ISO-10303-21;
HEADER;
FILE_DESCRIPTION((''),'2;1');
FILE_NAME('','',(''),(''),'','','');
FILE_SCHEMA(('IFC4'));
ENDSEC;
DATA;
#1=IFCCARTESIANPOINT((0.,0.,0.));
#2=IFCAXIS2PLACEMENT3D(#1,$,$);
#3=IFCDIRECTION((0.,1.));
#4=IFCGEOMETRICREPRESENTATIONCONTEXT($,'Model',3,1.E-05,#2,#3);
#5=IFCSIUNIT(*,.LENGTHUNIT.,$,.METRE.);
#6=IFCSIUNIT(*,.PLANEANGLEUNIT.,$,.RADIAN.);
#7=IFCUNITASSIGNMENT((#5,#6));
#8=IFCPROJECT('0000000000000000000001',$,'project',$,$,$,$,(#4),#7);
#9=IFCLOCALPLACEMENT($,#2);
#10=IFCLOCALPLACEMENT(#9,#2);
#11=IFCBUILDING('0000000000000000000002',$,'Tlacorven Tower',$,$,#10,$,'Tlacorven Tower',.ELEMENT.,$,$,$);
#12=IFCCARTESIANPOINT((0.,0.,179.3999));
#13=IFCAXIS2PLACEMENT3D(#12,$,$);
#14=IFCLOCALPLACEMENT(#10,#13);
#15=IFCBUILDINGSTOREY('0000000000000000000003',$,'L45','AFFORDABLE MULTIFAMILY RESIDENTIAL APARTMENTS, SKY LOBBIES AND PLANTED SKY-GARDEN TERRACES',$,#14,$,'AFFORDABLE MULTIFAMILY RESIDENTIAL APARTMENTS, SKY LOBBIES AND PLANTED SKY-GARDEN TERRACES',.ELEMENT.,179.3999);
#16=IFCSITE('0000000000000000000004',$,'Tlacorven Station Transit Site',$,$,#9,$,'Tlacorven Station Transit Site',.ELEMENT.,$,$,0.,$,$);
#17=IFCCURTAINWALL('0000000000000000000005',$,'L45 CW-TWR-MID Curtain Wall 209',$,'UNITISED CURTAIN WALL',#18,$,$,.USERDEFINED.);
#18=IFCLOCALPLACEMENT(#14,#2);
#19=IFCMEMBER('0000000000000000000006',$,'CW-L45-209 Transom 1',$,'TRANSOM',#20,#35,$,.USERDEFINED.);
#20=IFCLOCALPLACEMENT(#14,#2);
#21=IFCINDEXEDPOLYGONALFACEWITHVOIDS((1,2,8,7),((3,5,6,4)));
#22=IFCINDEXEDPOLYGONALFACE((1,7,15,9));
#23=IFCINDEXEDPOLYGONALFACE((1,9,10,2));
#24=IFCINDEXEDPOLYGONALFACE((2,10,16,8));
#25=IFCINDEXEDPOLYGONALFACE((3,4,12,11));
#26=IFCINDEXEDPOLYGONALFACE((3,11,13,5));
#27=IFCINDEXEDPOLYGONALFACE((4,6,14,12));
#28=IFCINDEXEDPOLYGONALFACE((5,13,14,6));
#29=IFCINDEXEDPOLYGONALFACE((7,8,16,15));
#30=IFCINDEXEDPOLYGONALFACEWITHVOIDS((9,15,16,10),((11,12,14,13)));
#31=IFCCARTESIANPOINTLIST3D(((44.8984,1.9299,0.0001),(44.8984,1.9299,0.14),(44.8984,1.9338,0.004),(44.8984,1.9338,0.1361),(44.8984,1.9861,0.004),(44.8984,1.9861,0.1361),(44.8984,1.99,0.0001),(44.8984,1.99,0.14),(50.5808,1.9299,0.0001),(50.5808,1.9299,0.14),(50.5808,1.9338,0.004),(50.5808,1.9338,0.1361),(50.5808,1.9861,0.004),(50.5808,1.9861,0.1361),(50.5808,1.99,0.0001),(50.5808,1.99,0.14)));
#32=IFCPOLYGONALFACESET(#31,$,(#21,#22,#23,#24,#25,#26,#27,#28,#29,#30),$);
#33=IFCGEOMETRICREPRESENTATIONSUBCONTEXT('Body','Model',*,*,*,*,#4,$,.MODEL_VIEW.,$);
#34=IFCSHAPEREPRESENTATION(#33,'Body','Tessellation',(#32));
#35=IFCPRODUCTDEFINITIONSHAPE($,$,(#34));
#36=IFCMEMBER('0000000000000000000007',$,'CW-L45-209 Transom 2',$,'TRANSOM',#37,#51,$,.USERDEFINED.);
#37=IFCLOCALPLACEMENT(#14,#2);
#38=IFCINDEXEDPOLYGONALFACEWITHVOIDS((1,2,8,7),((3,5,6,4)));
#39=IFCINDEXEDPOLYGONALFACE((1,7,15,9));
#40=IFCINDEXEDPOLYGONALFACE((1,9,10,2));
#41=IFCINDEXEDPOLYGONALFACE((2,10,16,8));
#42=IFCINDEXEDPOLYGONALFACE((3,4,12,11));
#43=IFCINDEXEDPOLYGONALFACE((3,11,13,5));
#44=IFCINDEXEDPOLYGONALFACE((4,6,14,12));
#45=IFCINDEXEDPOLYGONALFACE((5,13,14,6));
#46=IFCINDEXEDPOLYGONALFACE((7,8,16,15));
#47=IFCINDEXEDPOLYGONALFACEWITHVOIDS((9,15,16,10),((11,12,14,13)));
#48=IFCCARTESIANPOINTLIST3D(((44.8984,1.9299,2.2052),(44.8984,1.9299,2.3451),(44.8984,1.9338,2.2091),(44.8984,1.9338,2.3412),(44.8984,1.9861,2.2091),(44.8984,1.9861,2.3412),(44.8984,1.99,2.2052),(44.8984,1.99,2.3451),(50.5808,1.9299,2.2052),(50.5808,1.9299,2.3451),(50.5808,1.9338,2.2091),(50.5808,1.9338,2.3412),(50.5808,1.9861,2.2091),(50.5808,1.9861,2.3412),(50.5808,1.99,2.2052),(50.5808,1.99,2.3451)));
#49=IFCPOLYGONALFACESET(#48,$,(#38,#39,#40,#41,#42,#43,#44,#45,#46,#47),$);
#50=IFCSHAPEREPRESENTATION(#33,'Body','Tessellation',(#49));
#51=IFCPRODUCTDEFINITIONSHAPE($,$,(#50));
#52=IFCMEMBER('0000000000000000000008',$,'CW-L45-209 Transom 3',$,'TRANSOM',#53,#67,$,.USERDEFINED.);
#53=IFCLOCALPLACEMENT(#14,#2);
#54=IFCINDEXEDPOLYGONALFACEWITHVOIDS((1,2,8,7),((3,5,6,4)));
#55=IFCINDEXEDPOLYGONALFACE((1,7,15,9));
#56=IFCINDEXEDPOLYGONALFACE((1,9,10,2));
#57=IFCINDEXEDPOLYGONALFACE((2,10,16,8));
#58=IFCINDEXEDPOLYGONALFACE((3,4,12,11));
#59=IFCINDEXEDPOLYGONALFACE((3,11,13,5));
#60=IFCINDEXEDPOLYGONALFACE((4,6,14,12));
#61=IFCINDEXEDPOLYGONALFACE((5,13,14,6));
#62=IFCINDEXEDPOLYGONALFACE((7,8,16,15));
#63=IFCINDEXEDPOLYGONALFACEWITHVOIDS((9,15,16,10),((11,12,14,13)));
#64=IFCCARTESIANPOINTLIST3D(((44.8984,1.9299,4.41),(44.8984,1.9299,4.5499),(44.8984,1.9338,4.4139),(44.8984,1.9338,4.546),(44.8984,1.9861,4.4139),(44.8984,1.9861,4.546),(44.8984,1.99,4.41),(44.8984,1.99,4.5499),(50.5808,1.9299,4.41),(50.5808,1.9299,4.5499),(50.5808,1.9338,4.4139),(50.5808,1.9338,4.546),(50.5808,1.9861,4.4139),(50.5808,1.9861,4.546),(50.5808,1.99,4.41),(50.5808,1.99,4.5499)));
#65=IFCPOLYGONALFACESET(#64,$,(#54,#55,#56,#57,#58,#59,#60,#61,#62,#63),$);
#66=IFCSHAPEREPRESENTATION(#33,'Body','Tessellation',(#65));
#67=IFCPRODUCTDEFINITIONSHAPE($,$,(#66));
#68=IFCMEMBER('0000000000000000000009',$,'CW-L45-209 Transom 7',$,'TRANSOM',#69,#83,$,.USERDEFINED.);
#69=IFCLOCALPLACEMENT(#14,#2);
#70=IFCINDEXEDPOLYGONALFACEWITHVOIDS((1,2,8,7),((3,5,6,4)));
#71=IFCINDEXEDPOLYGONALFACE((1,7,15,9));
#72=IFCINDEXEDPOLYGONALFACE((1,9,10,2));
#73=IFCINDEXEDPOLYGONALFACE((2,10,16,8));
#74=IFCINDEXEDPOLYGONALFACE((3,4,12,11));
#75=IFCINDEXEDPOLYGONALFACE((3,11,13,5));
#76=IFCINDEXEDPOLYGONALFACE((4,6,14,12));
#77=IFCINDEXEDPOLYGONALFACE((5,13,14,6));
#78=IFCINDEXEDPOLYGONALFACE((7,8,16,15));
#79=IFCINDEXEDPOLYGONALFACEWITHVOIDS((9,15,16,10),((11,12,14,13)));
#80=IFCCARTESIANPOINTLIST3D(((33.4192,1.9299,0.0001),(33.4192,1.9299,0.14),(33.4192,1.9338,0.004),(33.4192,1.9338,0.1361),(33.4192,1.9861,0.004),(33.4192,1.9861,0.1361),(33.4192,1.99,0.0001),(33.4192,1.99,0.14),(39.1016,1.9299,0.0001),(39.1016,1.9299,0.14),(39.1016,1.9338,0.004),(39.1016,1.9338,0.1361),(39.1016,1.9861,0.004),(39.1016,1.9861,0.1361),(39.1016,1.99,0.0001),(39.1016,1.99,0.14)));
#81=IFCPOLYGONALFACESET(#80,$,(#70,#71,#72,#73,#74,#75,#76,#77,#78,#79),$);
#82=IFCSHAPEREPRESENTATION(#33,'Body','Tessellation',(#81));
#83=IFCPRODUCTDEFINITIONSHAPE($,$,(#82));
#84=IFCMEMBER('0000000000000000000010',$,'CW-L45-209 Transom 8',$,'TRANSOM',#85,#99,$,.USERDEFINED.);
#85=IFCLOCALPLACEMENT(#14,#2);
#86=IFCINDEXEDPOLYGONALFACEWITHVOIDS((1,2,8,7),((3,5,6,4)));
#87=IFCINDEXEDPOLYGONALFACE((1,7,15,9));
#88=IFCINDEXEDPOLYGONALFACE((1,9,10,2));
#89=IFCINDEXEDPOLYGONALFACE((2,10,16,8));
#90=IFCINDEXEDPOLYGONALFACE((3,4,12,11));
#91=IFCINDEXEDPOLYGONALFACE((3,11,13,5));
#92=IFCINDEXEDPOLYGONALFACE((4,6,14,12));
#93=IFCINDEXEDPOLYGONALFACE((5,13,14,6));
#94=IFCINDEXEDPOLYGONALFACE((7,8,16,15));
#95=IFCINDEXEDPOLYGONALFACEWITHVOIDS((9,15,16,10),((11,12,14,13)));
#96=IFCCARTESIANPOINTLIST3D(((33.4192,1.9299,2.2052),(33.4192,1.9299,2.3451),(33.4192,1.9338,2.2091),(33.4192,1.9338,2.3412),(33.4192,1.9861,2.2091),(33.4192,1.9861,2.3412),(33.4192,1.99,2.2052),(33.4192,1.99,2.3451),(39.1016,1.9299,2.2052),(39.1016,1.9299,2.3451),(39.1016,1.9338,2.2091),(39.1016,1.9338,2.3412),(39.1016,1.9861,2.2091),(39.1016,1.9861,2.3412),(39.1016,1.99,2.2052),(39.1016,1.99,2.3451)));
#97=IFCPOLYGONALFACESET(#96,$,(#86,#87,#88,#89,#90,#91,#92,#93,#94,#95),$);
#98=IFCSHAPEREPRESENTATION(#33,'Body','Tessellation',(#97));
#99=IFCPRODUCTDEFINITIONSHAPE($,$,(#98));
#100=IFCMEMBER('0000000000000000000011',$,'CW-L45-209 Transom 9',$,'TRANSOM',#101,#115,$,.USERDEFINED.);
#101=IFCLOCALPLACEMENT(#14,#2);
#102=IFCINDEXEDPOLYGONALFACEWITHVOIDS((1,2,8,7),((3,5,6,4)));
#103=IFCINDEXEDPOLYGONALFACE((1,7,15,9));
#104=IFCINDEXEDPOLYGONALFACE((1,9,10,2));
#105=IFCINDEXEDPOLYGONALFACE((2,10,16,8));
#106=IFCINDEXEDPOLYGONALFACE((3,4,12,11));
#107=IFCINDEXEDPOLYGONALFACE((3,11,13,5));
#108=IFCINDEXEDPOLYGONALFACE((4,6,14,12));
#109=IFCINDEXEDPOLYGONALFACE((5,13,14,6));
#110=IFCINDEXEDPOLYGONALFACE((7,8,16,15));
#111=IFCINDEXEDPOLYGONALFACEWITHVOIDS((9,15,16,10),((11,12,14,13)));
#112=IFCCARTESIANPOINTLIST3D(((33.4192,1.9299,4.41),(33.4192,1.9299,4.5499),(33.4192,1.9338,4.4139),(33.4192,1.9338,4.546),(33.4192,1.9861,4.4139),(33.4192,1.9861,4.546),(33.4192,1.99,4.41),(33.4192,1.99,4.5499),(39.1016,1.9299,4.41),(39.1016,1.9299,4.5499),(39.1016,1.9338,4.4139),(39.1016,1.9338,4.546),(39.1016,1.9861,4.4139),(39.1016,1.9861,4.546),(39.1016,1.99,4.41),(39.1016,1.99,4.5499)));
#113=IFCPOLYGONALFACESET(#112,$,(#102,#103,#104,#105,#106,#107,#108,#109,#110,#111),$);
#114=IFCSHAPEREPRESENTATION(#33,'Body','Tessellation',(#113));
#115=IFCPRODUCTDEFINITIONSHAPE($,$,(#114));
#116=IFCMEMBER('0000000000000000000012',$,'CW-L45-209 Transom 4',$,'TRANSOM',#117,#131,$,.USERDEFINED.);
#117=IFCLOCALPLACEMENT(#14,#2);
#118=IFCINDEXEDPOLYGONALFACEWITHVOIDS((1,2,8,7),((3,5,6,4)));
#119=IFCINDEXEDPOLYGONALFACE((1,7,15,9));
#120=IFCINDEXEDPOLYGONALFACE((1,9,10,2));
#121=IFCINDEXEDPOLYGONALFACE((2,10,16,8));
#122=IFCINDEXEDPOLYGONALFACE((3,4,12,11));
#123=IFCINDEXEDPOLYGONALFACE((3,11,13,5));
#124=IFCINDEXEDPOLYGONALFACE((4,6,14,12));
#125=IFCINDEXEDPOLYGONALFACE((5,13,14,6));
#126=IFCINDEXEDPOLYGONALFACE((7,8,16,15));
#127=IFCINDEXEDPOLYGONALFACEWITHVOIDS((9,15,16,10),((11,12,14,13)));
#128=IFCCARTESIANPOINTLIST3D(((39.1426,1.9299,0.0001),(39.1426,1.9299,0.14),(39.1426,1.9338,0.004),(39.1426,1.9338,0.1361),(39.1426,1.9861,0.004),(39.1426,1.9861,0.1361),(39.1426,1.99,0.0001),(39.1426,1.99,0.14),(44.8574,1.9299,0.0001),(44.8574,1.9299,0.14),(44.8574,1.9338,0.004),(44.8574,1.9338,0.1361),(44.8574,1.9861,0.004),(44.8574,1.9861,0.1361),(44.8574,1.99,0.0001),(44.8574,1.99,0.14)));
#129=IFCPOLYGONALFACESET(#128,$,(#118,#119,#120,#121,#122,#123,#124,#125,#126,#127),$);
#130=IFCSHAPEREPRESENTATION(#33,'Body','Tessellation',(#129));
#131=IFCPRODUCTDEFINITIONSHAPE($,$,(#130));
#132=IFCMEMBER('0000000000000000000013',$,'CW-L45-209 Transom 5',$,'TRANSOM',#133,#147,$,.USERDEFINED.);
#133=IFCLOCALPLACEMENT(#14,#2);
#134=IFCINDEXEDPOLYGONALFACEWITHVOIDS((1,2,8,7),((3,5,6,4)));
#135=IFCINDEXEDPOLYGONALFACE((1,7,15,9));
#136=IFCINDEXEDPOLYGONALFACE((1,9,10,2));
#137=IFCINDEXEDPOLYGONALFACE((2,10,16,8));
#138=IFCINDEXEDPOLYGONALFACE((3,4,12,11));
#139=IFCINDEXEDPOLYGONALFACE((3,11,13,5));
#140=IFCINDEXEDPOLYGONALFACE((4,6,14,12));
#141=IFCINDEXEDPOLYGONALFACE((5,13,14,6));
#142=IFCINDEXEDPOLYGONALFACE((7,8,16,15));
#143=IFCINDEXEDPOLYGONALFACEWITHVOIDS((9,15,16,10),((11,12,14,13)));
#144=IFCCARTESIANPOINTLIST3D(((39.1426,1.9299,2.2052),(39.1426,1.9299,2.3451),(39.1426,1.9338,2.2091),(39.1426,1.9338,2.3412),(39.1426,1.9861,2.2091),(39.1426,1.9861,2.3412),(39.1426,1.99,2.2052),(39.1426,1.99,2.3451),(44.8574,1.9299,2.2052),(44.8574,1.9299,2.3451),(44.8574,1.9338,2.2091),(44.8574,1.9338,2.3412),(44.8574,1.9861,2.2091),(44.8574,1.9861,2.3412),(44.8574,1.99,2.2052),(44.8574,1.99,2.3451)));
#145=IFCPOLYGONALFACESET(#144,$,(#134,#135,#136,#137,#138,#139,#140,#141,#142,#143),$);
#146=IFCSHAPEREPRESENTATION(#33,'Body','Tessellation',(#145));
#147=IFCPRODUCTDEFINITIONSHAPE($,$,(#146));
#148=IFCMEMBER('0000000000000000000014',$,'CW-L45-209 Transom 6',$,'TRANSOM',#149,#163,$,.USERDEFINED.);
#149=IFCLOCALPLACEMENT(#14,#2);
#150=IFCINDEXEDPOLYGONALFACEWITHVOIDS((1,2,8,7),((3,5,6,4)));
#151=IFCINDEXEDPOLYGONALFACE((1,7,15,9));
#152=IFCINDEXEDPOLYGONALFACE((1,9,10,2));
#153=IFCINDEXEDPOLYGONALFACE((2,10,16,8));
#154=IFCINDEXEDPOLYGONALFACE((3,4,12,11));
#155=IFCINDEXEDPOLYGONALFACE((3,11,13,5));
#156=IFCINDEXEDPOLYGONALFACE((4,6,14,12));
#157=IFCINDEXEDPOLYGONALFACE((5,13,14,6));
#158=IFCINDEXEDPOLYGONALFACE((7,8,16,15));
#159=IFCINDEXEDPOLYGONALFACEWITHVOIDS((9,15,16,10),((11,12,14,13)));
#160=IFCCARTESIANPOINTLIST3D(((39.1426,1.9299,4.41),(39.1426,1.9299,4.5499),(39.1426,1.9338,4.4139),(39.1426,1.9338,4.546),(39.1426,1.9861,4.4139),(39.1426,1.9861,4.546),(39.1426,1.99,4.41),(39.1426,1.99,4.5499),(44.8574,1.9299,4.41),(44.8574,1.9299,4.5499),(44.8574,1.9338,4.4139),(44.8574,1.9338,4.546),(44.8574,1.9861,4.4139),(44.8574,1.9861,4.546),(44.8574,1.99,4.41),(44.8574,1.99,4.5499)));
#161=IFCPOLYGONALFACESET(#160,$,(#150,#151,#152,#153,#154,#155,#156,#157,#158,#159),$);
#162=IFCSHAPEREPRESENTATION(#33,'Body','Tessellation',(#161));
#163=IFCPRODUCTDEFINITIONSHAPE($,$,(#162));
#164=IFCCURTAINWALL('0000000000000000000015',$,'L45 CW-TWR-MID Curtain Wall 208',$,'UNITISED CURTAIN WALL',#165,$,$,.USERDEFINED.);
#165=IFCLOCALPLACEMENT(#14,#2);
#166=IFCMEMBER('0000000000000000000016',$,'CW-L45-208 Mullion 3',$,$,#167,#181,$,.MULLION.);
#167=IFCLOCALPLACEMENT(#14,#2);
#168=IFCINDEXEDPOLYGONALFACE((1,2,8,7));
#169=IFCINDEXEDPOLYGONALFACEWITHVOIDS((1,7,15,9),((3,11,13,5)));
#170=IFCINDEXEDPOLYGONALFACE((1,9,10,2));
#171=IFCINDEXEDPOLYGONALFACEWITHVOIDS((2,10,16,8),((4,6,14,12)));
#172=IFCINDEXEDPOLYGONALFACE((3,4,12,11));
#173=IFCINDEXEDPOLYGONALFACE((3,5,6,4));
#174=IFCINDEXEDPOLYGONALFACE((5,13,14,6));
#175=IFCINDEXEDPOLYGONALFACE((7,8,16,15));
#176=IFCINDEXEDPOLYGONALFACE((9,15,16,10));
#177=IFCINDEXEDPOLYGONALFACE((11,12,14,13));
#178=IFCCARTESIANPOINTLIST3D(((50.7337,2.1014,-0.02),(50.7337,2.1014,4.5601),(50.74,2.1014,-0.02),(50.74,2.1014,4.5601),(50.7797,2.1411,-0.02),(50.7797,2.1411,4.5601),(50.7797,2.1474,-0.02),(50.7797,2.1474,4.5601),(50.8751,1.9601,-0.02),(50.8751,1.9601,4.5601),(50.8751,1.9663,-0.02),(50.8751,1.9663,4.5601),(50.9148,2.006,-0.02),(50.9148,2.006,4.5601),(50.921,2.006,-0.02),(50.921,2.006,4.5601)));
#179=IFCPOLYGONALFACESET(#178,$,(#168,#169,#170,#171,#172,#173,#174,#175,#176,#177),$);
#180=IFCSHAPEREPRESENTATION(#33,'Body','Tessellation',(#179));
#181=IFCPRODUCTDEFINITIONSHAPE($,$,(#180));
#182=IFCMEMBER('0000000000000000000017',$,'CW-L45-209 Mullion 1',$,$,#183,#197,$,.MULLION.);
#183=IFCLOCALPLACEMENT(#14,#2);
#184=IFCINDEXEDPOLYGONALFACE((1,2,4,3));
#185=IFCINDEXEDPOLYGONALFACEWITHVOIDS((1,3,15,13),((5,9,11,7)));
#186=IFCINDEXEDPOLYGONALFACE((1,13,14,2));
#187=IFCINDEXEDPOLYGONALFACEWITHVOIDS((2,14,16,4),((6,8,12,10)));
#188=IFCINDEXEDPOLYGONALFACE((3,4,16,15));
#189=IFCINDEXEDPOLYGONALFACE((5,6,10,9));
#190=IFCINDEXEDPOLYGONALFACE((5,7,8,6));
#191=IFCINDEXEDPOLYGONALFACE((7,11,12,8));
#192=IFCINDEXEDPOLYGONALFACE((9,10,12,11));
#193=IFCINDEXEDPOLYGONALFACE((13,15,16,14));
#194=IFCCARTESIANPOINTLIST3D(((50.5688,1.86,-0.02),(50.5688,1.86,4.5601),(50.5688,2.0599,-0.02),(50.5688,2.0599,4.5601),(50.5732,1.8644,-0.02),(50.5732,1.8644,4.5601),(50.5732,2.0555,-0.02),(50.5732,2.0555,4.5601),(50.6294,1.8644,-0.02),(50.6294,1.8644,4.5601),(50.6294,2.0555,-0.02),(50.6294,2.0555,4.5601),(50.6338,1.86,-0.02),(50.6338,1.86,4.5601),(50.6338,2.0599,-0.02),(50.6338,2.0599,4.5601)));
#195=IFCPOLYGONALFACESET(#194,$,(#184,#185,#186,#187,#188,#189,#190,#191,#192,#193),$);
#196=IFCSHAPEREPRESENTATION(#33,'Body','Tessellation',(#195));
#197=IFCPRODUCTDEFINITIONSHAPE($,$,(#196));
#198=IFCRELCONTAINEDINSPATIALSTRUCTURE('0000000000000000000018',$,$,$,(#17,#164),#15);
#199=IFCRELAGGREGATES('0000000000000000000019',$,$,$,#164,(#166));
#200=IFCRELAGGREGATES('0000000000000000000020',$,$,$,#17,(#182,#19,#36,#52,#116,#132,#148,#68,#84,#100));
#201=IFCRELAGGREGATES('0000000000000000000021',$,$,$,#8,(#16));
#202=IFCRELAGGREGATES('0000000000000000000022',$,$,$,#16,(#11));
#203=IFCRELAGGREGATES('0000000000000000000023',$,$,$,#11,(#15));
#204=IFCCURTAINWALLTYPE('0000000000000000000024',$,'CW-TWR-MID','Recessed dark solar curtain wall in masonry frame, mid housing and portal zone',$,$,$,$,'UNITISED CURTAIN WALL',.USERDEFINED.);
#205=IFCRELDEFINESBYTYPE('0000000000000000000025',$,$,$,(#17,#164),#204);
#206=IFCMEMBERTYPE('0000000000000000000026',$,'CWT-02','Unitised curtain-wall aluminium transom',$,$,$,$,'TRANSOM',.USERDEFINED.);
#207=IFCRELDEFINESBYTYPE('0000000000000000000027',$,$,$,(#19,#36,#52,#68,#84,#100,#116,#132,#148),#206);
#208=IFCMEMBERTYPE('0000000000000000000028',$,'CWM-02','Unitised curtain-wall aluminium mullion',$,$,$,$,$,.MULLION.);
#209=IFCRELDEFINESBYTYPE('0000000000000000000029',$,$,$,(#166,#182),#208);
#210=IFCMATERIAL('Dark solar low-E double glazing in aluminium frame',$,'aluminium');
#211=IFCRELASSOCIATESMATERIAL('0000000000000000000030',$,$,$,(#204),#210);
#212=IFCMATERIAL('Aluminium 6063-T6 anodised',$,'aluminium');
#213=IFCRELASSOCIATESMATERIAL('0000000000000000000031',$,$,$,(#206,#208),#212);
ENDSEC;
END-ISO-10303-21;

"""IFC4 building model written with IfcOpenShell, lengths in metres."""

from ifc_helpers import new_model, si_unit, direction, frame, origin, origin_2d, place, context, subcontext, project, spatial, hollow_rectangle, extrude, source, transform, mapped, material, material_profile, profile_set, type_object, element, aggregate, save


model = new_model("IFC4")

# Units and contexts
model_context = context("Model", 3, precision=1e-05, world=origin(), true_north=direction((0.0, 1.0)))
body_context = subcontext(model_context, "Body", "Model", "MODEL_VIEW")
ifc_project = project(units=[si_unit("LENGTHUNIT", "METRE"), si_unit("PLANEANGLEUNIT", "RADIAN")], contexts=[model_context])

# Site, building, storey
site_placement = place(None, origin())
site = spatial("IfcSite", under=ifc_project, at=site_placement, Name="Tlacorven Station Transit Site", LongName="Tlacorven Station Transit Site", CompositionType="ELEMENT", RefElevation=0.0)
building_placement = place(site_placement, origin())
building = spatial("IfcBuilding", under=site, at=building_placement, Name="Tlacorven Tower", LongName="Tlacorven Tower", CompositionType="ELEMENT")
storey_placement = place(building_placement, frame((0.0, 0.0, 179.3999)))
storey = spatial("IfcBuildingStorey", under=building, at=storey_placement, Name="L45", Description="AFFORDABLE MULTIFAMILY RESIDENTIAL APARTMENTS, SKY LOBBIES AND PLANTED SKY-GARDEN TERRACES", LongName="AFFORDABLE MULTIFAMILY RESIDENTIAL APARTMENTS, SKY LOBBIES AND PLANTED SKY-GARDEN TERRACES", CompositionType="ELEMENT", Elevation=179.3999)

# Curtain wall, members
ifc_material_1 = material(Name="Dark solar low-E double glazing in aluminium frame", Category="aluminium")
curtain_wall_type = type_object("IfcCurtainWallType", Name="CW-TWR-MID", Description="Recessed dark solar curtain wall in masonry frame, mid housing and portal zone", ElementType="UNITISED CURTAIN WALL", PredefinedType="USERDEFINED", material=ifc_material_1)
curtain_wall_1_placement = place(storey_placement, origin())
curtain_wall_1 = element("IfcCurtainWall", 1, at=curtain_wall_1_placement, inside=storey, type_object=curtain_wall_type, Name="L45 CW-TWR-MID Curtain Wall 209", ObjectType="UNITISED CURTAIN WALL", PredefinedType="USERDEFINED")
ifc_material_2 = material(Name="Aluminium 6063-T6 anodised", Category="aluminium")
ifc_material_profile_1 = material_profile(ifc_material_2, hollow_rectangle(XDim=0.0601, YDim=0.1399, WallThickness=0.0039, at=origin_2d()), Name="ALU TRANSOM 60X140")
ifc_profile_set_1 = profile_set([ifc_material_profile_1], Name="Aluminium 6063-T6 anodised")
member_type_1 = type_object("IfcMemberType", Name="CWT-02", Description="Unitised curtain-wall aluminium transom", ElementType="TRANSOM", PredefinedType="USERDEFINED", material=ifc_profile_set_1)
shared_shape_1 = source(origin(), body_context, "Body", "SweptSolid", [
    extrude(hollow_rectangle(XDim=0.0601, YDim=0.1399, WallThickness=0.0039, at=origin_2d()), origin(), (0.0, 0.0, 1.0), 5.6824),
])
member_1_placement = place(storey_placement, frame((50.5808, 1.96, 0.0701), z_axis=(-1.0, 0.0, 0.0), x_axis=(0.0, -1.0, 0.0)))
member_1 = element("IfcMember", 2, at=member_1_placement, type_object=member_type_1, Name="CW-L45-209 Transom 1", ObjectType="TRANSOM", PredefinedType="USERDEFINED", context=body_context, shape_type="MappedRepresentation", body=[
    mapped(shared_shape_1, transform((0.0, 0.0, 0.0), scale=1.0)),
])
member_2_placement = place(storey_placement, frame((50.5808, 1.96, 2.2751), z_axis=(-1.0, 0.0, 0.0), x_axis=(0.0, -1.0, 0.0)))
member_2 = element("IfcMember", 3, at=member_2_placement, type_object=member_type_1, Name="CW-L45-209 Transom 2", ObjectType="TRANSOM", PredefinedType="USERDEFINED", context=body_context, shape_type="MappedRepresentation", body=[
    mapped(shared_shape_1, transform((0.0, 0.0, 0.0), scale=1.0)),
])
member_3_placement = place(storey_placement, frame((50.5808, 1.96, 4.48), z_axis=(-1.0, 0.0, 0.0), x_axis=(0.0, -1.0, 0.0)))
member_3 = element("IfcMember", 4, at=member_3_placement, type_object=member_type_1, Name="CW-L45-209 Transom 3", ObjectType="TRANSOM", PredefinedType="USERDEFINED", context=body_context, shape_type="MappedRepresentation", body=[
    mapped(shared_shape_1, transform((0.0, 0.0, 0.0), scale=1.0)),
])
member_4_placement = place(storey_placement, frame((39.1016, 1.96, 0.0701), z_axis=(-1.0, 0.0, 0.0), x_axis=(0.0, -1.0, 0.0)))
member_4 = element("IfcMember", 5, at=member_4_placement, type_object=member_type_1, Name="CW-L45-209 Transom 7", ObjectType="TRANSOM", PredefinedType="USERDEFINED", context=body_context, shape_type="MappedRepresentation", body=[
    mapped(shared_shape_1, transform((0.0, 0.0, 0.0), scale=1.0)),
])
member_5_placement = place(storey_placement, frame((39.1016, 1.96, 2.2751), z_axis=(-1.0, 0.0, 0.0), x_axis=(0.0, -1.0, 0.0)))
member_5 = element("IfcMember", 6, at=member_5_placement, type_object=member_type_1, Name="CW-L45-209 Transom 8", ObjectType="TRANSOM", PredefinedType="USERDEFINED", context=body_context, shape_type="MappedRepresentation", body=[
    mapped(shared_shape_1, transform((0.0, 0.0, 0.0), scale=1.0)),
])
member_6_placement = place(storey_placement, frame((39.1016, 1.96, 4.48), z_axis=(-1.0, 0.0, 0.0), x_axis=(0.0, -1.0, 0.0)))
member_6 = element("IfcMember", 7, at=member_6_placement, type_object=member_type_1, Name="CW-L45-209 Transom 9", ObjectType="TRANSOM", PredefinedType="USERDEFINED", context=body_context, shape_type="MappedRepresentation", body=[
    mapped(shared_shape_1, transform((0.0, 0.0, 0.0), scale=1.0)),
])
shared_shape_2 = source(origin(), body_context, "Body", "SweptSolid", [
    extrude(hollow_rectangle(XDim=0.0601, YDim=0.1399, WallThickness=0.0039, at=origin_2d()), origin(), (0.0, 0.0, 1.0), 5.7148),
])
member_7_placement = place(storey_placement, frame((44.8574, 1.96, 0.0701), z_axis=(-1.0, 0.0, 0.0), x_axis=(0.0, -1.0, 0.0)))
member_7 = element("IfcMember", 8, at=member_7_placement, type_object=member_type_1, Name="CW-L45-209 Transom 4", ObjectType="TRANSOM", PredefinedType="USERDEFINED", context=body_context, shape_type="MappedRepresentation", body=[
    mapped(shared_shape_2, transform((0.0, 0.0, 0.0), scale=1.0)),
])
member_8_placement = place(storey_placement, frame((44.8574, 1.96, 2.2751), z_axis=(-1.0, 0.0, 0.0), x_axis=(0.0, -1.0, 0.0)))
member_8 = element("IfcMember", 9, at=member_8_placement, type_object=member_type_1, Name="CW-L45-209 Transom 5", ObjectType="TRANSOM", PredefinedType="USERDEFINED", context=body_context, shape_type="MappedRepresentation", body=[
    mapped(shared_shape_2, transform((0.0, 0.0, 0.0), scale=1.0)),
])
member_9_placement = place(storey_placement, frame((44.8574, 1.96, 4.48), z_axis=(-1.0, 0.0, 0.0), x_axis=(0.0, -1.0, 0.0)))
member_9 = element("IfcMember", 10, at=member_9_placement, type_object=member_type_1, Name="CW-L45-209 Transom 6", ObjectType="TRANSOM", PredefinedType="USERDEFINED", context=body_context, shape_type="MappedRepresentation", body=[
    mapped(shared_shape_2, transform((0.0, 0.0, 0.0), scale=1.0)),
])

# Curtain wall, member
curtain_wall_2_placement = place(storey_placement, origin())
curtain_wall_2 = element("IfcCurtainWall", 11, at=curtain_wall_2_placement, inside=storey, type_object=curtain_wall_type, Name="L45 CW-TWR-MID Curtain Wall 208", ObjectType="UNITISED CURTAIN WALL", PredefinedType="USERDEFINED")
ifc_material_profile_2 = material_profile(ifc_material_2, hollow_rectangle(XDim=0.0649, YDim=0.2, WallThickness=0.0044, at=origin_2d()), Name="ALU MULLION 65X200")
ifc_profile_set_2 = profile_set([ifc_material_profile_2], Name="Aluminium 6063-T6 anodised")
member_type_2 = type_object("IfcMemberType", Name="CWM-02", Description="Unitised curtain-wall aluminium mullion", PredefinedType="MULLION", material=ifc_profile_set_2)
shared_shape_3 = source(origin(), body_context, "Body", "SweptSolid", [
    extrude(hollow_rectangle(XDim=0.0649, YDim=0.2, WallThickness=0.0044, at=origin_2d()), origin(), (0.0, 0.0, 1.0), 4.5801),
])
member_10_placement = place(storey_placement, frame((50.8274, 2.0537, -0.02), z_axis=(0.0, 0.0, 1.0), x_axis=(-0.707107, -0.707107, 0.0)))
member_10 = element("IfcMember", 12, at=member_10_placement, type_object=member_type_2, Name="CW-L45-208 Mullion 3", PredefinedType="MULLION", context=body_context, shape_type="MappedRepresentation", body=[
    mapped(shared_shape_3, transform((0.0, 0.0, 0.0), scale=1.0)),
])
aggregate(curtain_wall_2, [member_10])

# Member
member_11_placement = place(storey_placement, frame((50.6013, 1.96, -0.02), z_axis=(0.0, 0.0, 1.0), x_axis=(-1.0, 0.0, 0.0)))
member_11 = element("IfcMember", 13, at=member_11_placement, type_object=member_type_2, Name="CW-L45-209 Mullion 1", PredefinedType="MULLION", context=body_context, shape_type="MappedRepresentation", body=[
    mapped(shared_shape_3, transform((0.0, 0.0, 0.0), scale=1.0)),
])

aggregate(curtain_wall_1, [member_11, member_1, member_2, member_3, member_7, member_8, member_9, member_4, member_5, member_6])

save(model, "model.ifc")
